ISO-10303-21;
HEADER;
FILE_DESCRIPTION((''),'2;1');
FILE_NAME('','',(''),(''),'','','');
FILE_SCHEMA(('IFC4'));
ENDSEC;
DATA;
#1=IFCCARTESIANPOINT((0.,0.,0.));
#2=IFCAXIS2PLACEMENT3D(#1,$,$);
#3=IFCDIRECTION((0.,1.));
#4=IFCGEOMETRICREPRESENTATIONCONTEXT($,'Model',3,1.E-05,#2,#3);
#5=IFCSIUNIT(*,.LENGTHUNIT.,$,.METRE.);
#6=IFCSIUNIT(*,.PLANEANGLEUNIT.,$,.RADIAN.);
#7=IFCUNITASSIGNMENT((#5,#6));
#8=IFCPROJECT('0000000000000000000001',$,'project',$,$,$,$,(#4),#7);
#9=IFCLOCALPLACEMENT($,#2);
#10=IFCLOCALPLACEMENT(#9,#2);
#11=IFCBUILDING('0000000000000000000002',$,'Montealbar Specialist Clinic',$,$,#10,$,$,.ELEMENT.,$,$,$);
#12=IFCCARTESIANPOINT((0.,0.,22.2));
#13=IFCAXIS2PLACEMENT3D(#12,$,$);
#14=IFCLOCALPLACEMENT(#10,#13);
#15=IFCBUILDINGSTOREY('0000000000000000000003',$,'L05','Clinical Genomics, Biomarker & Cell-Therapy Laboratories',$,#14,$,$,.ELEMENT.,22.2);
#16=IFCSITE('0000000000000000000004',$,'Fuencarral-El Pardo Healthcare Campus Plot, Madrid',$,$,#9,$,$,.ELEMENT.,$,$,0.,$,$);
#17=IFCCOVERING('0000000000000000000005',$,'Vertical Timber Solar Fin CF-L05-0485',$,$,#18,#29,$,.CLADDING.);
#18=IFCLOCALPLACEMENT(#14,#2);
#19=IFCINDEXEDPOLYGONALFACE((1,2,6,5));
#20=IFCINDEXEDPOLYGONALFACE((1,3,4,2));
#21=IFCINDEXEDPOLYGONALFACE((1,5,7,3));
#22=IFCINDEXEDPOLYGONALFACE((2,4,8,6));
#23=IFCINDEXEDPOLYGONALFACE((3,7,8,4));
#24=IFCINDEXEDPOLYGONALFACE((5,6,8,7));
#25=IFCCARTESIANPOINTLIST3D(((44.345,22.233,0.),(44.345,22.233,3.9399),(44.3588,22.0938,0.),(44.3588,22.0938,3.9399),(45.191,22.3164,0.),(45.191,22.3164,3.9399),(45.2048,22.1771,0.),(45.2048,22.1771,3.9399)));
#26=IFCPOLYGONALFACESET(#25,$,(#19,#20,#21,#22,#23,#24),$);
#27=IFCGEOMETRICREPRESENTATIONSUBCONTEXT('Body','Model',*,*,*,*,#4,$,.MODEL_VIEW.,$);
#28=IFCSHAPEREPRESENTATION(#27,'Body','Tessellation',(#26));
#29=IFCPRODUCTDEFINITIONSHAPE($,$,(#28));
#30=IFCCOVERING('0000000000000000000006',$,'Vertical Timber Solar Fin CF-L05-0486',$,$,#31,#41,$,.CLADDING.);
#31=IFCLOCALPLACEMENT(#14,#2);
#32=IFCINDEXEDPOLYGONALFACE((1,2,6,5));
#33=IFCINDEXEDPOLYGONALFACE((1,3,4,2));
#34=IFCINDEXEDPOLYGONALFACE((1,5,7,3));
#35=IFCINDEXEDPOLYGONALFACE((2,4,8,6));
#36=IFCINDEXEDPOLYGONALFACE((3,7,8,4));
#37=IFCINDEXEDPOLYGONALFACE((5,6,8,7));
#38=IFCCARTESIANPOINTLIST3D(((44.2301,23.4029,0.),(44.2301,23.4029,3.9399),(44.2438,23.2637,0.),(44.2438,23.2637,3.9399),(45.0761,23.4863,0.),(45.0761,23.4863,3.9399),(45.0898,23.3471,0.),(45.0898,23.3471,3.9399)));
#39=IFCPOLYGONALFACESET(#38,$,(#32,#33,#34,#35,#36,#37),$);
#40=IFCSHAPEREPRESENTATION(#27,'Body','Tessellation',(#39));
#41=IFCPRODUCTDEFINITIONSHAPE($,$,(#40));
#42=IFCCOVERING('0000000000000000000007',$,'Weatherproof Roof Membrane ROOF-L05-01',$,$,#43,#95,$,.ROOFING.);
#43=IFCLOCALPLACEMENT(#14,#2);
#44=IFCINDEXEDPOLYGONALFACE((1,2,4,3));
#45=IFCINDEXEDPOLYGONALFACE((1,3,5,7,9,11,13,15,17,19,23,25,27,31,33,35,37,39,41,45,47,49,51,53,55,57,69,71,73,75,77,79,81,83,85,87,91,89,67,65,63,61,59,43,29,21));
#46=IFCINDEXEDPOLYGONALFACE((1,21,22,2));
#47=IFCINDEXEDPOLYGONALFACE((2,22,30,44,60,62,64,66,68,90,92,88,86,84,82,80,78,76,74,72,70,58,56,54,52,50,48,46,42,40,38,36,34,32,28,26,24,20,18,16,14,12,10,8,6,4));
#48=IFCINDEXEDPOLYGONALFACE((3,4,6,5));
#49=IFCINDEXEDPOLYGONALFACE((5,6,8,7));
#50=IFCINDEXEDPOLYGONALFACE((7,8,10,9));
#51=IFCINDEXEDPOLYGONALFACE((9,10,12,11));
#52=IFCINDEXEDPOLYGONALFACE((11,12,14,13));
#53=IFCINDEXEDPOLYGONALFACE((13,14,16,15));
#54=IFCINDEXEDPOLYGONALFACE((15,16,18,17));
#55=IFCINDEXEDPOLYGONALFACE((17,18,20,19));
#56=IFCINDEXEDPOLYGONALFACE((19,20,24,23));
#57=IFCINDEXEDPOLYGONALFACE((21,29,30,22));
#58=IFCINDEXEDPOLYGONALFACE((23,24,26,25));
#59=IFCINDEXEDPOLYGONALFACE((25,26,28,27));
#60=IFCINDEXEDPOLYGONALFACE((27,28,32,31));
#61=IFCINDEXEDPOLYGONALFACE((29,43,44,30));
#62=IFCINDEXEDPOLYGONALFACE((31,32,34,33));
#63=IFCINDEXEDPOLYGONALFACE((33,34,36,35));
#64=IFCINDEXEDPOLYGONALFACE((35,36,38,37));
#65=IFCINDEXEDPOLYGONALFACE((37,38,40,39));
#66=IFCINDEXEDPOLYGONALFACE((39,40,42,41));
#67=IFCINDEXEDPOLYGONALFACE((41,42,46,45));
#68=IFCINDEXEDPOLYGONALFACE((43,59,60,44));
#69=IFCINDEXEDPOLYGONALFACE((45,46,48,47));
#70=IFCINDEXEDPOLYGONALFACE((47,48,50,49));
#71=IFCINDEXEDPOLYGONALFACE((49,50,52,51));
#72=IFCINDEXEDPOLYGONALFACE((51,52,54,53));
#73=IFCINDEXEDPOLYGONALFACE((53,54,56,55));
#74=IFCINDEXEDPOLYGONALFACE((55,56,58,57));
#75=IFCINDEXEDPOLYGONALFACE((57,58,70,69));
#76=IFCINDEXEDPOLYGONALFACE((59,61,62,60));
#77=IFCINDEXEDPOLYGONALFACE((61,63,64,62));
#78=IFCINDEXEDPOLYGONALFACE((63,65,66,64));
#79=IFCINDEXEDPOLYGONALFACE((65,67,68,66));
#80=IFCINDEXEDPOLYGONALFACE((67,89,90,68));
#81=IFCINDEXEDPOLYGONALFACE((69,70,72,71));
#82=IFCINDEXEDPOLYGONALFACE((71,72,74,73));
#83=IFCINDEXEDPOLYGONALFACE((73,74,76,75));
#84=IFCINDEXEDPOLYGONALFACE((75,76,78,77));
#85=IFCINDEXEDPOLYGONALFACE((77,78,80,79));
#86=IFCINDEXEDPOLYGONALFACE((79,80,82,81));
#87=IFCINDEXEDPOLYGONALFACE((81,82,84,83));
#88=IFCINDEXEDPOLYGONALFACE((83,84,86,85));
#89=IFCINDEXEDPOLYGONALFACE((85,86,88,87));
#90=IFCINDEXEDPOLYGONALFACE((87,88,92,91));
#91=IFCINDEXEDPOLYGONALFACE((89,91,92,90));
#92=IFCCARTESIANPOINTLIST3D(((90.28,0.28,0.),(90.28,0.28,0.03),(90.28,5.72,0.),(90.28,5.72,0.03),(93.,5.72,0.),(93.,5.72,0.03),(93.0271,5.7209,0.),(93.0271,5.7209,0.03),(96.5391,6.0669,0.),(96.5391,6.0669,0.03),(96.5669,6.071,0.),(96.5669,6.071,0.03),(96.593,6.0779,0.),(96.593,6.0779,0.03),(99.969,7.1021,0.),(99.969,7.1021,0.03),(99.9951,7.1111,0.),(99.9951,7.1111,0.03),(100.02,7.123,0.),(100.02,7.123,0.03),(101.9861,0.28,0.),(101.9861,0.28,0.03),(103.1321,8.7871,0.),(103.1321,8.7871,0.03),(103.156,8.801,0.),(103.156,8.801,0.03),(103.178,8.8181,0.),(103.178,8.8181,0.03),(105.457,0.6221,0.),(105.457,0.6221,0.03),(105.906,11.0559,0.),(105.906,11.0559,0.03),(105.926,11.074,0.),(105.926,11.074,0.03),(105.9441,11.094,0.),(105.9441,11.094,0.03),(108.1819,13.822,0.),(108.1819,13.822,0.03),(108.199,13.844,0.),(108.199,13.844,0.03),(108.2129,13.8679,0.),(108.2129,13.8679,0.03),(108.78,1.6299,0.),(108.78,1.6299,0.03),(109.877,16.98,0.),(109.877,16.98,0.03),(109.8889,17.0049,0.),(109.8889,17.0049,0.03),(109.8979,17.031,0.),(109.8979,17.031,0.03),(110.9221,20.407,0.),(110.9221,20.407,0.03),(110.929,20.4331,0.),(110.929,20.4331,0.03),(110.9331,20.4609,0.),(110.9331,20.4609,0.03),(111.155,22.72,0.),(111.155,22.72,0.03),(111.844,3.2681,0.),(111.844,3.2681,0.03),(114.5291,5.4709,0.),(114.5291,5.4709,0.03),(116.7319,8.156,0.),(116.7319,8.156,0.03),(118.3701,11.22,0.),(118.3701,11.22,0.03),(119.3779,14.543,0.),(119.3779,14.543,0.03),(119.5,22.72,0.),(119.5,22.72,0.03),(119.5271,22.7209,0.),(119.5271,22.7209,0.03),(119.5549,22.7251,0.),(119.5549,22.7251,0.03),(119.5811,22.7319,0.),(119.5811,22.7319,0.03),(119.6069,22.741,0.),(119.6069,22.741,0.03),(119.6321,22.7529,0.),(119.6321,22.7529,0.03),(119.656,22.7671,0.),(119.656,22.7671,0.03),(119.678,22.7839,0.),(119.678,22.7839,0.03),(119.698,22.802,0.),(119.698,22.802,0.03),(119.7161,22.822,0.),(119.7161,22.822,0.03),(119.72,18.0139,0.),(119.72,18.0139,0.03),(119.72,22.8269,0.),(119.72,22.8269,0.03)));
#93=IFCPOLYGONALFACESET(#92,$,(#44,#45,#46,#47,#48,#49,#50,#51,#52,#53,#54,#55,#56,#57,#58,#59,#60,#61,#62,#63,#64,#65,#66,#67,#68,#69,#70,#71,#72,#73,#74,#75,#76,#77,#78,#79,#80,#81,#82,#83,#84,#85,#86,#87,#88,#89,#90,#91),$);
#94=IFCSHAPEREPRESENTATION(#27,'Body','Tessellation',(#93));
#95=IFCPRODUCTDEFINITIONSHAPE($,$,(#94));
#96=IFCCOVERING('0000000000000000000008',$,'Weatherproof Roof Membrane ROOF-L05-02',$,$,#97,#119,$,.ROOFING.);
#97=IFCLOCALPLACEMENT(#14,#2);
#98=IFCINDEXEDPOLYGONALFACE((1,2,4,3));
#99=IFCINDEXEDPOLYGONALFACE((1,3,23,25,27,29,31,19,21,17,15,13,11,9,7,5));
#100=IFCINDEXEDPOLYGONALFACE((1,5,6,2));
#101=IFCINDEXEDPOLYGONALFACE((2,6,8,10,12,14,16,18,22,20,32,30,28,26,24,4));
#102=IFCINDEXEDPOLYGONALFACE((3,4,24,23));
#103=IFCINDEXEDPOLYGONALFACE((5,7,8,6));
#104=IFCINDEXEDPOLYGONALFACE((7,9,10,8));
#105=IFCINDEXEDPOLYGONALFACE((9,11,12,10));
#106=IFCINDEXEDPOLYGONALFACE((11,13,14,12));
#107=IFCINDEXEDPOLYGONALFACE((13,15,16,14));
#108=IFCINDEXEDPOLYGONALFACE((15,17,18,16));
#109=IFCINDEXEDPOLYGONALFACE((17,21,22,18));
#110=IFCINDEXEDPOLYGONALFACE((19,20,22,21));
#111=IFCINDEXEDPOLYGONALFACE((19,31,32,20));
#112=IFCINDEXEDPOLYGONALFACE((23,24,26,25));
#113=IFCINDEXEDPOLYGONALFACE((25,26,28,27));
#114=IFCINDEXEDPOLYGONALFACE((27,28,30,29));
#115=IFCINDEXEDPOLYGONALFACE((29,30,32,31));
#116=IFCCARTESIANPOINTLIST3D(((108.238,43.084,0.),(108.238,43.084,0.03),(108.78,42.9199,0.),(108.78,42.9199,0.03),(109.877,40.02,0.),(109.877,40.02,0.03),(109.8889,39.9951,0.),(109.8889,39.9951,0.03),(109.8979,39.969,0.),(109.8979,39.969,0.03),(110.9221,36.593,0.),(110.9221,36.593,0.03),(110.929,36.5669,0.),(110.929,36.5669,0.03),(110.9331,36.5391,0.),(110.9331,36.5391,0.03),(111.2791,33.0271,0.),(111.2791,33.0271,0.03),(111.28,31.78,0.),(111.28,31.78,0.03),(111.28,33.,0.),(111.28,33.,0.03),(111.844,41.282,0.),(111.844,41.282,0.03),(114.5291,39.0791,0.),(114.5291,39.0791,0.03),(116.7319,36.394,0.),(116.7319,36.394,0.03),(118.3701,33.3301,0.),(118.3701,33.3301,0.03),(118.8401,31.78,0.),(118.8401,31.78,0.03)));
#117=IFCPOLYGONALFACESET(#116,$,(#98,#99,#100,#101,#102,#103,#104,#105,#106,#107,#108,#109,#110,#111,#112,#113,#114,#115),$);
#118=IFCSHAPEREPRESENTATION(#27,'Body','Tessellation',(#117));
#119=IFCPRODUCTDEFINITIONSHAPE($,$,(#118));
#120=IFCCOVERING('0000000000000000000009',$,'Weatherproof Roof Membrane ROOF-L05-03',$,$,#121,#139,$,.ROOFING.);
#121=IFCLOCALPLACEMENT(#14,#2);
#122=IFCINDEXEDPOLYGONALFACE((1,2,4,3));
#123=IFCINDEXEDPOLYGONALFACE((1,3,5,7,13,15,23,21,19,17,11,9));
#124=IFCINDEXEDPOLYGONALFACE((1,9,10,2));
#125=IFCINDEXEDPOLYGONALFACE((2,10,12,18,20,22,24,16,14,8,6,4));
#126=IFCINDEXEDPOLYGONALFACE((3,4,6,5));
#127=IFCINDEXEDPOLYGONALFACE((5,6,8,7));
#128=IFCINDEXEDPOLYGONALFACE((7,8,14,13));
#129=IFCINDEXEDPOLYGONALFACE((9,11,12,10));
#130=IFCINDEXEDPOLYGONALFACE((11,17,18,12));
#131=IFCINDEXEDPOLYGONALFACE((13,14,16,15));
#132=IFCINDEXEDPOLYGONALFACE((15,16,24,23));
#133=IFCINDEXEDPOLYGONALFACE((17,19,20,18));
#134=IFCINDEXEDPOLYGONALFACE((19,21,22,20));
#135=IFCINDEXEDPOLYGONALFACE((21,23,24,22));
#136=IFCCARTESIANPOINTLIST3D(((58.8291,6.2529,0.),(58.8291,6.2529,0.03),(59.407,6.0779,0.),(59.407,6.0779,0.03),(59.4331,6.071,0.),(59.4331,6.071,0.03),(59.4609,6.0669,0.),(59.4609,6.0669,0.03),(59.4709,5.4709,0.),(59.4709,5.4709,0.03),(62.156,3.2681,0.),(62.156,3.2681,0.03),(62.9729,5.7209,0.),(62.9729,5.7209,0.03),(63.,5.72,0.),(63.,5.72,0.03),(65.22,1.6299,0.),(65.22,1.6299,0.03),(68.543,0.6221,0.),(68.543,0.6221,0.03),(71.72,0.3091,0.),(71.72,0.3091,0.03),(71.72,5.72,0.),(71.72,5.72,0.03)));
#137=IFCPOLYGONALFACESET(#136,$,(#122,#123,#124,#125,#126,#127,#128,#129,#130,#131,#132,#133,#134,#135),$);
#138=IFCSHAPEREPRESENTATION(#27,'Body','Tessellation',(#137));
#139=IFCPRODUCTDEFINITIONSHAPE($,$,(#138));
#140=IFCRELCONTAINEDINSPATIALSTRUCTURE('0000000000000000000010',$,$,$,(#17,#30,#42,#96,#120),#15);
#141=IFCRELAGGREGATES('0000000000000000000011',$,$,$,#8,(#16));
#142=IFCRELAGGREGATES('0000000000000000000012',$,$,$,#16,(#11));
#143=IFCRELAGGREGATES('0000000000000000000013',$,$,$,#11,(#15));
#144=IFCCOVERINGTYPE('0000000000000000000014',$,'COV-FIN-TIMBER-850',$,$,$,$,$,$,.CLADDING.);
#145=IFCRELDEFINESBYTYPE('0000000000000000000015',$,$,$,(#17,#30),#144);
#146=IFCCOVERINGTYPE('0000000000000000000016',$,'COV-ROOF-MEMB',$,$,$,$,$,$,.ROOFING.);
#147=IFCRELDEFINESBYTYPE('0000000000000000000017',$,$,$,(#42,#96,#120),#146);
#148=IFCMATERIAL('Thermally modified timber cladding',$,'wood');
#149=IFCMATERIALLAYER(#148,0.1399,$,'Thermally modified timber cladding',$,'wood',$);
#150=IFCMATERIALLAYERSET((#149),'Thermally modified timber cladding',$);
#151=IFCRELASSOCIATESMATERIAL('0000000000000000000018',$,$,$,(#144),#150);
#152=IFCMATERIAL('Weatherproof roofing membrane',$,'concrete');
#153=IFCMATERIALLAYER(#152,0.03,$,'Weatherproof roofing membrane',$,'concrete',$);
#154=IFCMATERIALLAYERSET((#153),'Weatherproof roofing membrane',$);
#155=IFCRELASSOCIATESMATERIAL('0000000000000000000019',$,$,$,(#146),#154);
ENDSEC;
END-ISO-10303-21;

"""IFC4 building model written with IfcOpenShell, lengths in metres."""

from ifc_helpers import new_model, si_unit, direction, frame, origin, origin_2d, place, context, subcontext, project, spatial, polyline, rectangle, outline, extrude, material, layer, layer_set, type_object, element, save


model = new_model("IFC4")

# Units and contexts
model_context = context("Model", 3, precision=1e-05, world=origin(), true_north=direction((0.0, 1.0)))
body_context = subcontext(model_context, "Body", "Model", "MODEL_VIEW")
ifc_project = project(units=[si_unit("LENGTHUNIT", "METRE"), si_unit("PLANEANGLEUNIT", "RADIAN")], contexts=[model_context])

# Site, building, storey
site_placement = place(None, origin())
site = spatial("IfcSite", under=ifc_project, at=site_placement, Name="Fuencarral-El Pardo Healthcare Campus Plot, Madrid", CompositionType="ELEMENT", RefElevation=0.0)
building_placement = place(site_placement, origin())
building = spatial("IfcBuilding", under=site, at=building_placement, Name="Montealbar Specialist Clinic", CompositionType="ELEMENT")
storey_placement = place(building_placement, frame((0.0, 0.0, 22.2)))
storey = spatial("IfcBuildingStorey", under=building, at=storey_placement, Name="L05", Description="Clinical Genomics, Biomarker & Cell-Therapy Laboratories", CompositionType="ELEMENT", Elevation=22.2)

# Shared definitions
ifc_material_1 = material(Name="Weatherproof roofing membrane", Category="concrete")

# Coverings
ifc_material_2 = material(Name="Thermally modified timber cladding", Category="wood")
ifc_layer_1 = layer(ifc_material_2, 0.1399, Name="Thermally modified timber cladding", Category="wood")
ifc_layer_set_1 = layer_set([ifc_layer_1], Name="Thermally modified timber cladding")
covering_type_1 = type_object("IfcCoveringType", Name="COV-FIN-TIMBER-850", PredefinedType="CLADDING", material=ifc_layer_set_1)
for number, where, z_axis, x_axis, name in (
    (1, (44.7749, 22.2051, 0.0), (0.0, 0.0, 1.0), (-0.995182, -0.098045, 0.0), "Vertical Timber Solar Fin CF-L05-0485"),
    (2, (44.6599, 23.375, 0.0), (0.0, 0.0, 1.0), (-0.995182, -0.098045, 0.0), "Vertical Timber Solar Fin CF-L05-0486"),
):
    element("IfcCovering", number, at=place(storey_placement, frame(where, z_axis=z_axis, x_axis=x_axis)), inside=storey, type_object=covering_type_1, Name=name, PredefinedType="CLADDING", context=body_context, shape_type="SweptSolid", body=[
        extrude(rectangle(XDim=0.8501, YDim=0.1399, at=origin_2d()), origin(), (0.0, 0.0, 1.0), 3.9399),
    ])
ifc_layer_2 = layer(ifc_material_1, 0.03, Name="Weatherproof roofing membrane", Category="concrete")
ifc_layer_set_2 = layer_set([ifc_layer_2], Name="Weatherproof roofing membrane")
covering_type_2 = type_object("IfcCoveringType", Name="COV-ROOF-MEMB", PredefinedType="ROOFING", material=ifc_layer_set_2)
covering_1_placement = place(storey_placement, origin())
element("IfcCovering", 3, at=covering_1_placement, inside=storey, type_object=covering_type_2, Name="Weatherproof Roof Membrane ROOF-L05-01", PredefinedType="ROOFING", context=body_context, shape_type="SweptSolid", body=[
    extrude(outline(polyline([(111.155, 22.72), (119.5, 22.72), (119.5271, 22.7209), (119.5549, 22.7251), (119.5811, 22.7319), (119.6069, 22.741), (119.6321, 22.7529), (119.656, 22.7671), (119.678, 22.7839), (119.698, 22.802), (119.7161, 22.822), (119.72, 22.8269), (119.72, 18.0139), (119.3779, 14.543), (118.3701, 11.22), (116.7319, 8.156), (114.5291, 5.4709), (111.844, 3.2681), (108.78, 1.6299), (105.457, 0.6221), (101.9861, 0.28), (90.28, 0.28), (90.28, 5.72), (93.0, 5.72), (93.0271, 5.7209), (96.5391, 6.0669), (96.5669, 6.071), (96.593, 6.0779), (99.969, 7.1021), (99.9951, 7.1111), (100.02, 7.123), (103.1321, 8.7871), (103.156, 8.801), (103.178, 8.8181), (105.906, 11.0559), (105.926, 11.074), (105.9441, 11.094), (108.1819, 13.822), (108.199, 13.844), (108.2129, 13.8679), (109.877, 16.98), (109.8889, 17.0049), (109.8979, 17.031), (110.9221, 20.407), (110.929, 20.4331), (110.9331, 20.4609), (111.155, 22.72)])), origin(), (0.0, 0.0, 1.0), 0.03),
])
covering_2_placement = place(storey_placement, origin())
element("IfcCovering", 4, at=covering_2_placement, inside=storey, type_object=covering_type_2, Name="Weatherproof Roof Membrane ROOF-L05-02", PredefinedType="ROOFING", context=body_context, shape_type="SweptSolid", body=[
    extrude(outline(polyline([(108.238, 43.084), (108.78, 42.9199), (111.844, 41.282), (114.5291, 39.0791), (116.7319, 36.394), (118.3701, 33.3301), (118.8401, 31.78), (111.28, 31.78), (111.28, 33.0), (111.2791, 33.0271), (110.9331, 36.5391), (110.929, 36.5669), (110.9221, 36.593), (109.8979, 39.969), (109.8889, 39.9951), (109.877, 40.02), (108.238, 43.084)])), origin(), (0.0, 0.0, 1.0), 0.03),
])
covering_3_placement = place(storey_placement, origin())
element("IfcCovering", 5, at=covering_3_placement, inside=storey, type_object=covering_type_2, Name="Weatherproof Roof Membrane ROOF-L05-03", PredefinedType="ROOFING", context=body_context, shape_type="SweptSolid", body=[
    extrude(outline(polyline([(68.543, 0.6221), (65.22, 1.6299), (62.156, 3.2681), (59.4709, 5.4709), (58.8291, 6.2529), (59.407, 6.0779), (59.4331, 6.071), (59.4609, 6.0669), (62.9729, 5.7209), (63.0, 5.72), (71.72, 5.72), (71.72, 0.3091), (68.543, 0.6221)])), origin(), (0.0, 0.0, 1.0), 0.03),
])

save(model, "model.ifc")
